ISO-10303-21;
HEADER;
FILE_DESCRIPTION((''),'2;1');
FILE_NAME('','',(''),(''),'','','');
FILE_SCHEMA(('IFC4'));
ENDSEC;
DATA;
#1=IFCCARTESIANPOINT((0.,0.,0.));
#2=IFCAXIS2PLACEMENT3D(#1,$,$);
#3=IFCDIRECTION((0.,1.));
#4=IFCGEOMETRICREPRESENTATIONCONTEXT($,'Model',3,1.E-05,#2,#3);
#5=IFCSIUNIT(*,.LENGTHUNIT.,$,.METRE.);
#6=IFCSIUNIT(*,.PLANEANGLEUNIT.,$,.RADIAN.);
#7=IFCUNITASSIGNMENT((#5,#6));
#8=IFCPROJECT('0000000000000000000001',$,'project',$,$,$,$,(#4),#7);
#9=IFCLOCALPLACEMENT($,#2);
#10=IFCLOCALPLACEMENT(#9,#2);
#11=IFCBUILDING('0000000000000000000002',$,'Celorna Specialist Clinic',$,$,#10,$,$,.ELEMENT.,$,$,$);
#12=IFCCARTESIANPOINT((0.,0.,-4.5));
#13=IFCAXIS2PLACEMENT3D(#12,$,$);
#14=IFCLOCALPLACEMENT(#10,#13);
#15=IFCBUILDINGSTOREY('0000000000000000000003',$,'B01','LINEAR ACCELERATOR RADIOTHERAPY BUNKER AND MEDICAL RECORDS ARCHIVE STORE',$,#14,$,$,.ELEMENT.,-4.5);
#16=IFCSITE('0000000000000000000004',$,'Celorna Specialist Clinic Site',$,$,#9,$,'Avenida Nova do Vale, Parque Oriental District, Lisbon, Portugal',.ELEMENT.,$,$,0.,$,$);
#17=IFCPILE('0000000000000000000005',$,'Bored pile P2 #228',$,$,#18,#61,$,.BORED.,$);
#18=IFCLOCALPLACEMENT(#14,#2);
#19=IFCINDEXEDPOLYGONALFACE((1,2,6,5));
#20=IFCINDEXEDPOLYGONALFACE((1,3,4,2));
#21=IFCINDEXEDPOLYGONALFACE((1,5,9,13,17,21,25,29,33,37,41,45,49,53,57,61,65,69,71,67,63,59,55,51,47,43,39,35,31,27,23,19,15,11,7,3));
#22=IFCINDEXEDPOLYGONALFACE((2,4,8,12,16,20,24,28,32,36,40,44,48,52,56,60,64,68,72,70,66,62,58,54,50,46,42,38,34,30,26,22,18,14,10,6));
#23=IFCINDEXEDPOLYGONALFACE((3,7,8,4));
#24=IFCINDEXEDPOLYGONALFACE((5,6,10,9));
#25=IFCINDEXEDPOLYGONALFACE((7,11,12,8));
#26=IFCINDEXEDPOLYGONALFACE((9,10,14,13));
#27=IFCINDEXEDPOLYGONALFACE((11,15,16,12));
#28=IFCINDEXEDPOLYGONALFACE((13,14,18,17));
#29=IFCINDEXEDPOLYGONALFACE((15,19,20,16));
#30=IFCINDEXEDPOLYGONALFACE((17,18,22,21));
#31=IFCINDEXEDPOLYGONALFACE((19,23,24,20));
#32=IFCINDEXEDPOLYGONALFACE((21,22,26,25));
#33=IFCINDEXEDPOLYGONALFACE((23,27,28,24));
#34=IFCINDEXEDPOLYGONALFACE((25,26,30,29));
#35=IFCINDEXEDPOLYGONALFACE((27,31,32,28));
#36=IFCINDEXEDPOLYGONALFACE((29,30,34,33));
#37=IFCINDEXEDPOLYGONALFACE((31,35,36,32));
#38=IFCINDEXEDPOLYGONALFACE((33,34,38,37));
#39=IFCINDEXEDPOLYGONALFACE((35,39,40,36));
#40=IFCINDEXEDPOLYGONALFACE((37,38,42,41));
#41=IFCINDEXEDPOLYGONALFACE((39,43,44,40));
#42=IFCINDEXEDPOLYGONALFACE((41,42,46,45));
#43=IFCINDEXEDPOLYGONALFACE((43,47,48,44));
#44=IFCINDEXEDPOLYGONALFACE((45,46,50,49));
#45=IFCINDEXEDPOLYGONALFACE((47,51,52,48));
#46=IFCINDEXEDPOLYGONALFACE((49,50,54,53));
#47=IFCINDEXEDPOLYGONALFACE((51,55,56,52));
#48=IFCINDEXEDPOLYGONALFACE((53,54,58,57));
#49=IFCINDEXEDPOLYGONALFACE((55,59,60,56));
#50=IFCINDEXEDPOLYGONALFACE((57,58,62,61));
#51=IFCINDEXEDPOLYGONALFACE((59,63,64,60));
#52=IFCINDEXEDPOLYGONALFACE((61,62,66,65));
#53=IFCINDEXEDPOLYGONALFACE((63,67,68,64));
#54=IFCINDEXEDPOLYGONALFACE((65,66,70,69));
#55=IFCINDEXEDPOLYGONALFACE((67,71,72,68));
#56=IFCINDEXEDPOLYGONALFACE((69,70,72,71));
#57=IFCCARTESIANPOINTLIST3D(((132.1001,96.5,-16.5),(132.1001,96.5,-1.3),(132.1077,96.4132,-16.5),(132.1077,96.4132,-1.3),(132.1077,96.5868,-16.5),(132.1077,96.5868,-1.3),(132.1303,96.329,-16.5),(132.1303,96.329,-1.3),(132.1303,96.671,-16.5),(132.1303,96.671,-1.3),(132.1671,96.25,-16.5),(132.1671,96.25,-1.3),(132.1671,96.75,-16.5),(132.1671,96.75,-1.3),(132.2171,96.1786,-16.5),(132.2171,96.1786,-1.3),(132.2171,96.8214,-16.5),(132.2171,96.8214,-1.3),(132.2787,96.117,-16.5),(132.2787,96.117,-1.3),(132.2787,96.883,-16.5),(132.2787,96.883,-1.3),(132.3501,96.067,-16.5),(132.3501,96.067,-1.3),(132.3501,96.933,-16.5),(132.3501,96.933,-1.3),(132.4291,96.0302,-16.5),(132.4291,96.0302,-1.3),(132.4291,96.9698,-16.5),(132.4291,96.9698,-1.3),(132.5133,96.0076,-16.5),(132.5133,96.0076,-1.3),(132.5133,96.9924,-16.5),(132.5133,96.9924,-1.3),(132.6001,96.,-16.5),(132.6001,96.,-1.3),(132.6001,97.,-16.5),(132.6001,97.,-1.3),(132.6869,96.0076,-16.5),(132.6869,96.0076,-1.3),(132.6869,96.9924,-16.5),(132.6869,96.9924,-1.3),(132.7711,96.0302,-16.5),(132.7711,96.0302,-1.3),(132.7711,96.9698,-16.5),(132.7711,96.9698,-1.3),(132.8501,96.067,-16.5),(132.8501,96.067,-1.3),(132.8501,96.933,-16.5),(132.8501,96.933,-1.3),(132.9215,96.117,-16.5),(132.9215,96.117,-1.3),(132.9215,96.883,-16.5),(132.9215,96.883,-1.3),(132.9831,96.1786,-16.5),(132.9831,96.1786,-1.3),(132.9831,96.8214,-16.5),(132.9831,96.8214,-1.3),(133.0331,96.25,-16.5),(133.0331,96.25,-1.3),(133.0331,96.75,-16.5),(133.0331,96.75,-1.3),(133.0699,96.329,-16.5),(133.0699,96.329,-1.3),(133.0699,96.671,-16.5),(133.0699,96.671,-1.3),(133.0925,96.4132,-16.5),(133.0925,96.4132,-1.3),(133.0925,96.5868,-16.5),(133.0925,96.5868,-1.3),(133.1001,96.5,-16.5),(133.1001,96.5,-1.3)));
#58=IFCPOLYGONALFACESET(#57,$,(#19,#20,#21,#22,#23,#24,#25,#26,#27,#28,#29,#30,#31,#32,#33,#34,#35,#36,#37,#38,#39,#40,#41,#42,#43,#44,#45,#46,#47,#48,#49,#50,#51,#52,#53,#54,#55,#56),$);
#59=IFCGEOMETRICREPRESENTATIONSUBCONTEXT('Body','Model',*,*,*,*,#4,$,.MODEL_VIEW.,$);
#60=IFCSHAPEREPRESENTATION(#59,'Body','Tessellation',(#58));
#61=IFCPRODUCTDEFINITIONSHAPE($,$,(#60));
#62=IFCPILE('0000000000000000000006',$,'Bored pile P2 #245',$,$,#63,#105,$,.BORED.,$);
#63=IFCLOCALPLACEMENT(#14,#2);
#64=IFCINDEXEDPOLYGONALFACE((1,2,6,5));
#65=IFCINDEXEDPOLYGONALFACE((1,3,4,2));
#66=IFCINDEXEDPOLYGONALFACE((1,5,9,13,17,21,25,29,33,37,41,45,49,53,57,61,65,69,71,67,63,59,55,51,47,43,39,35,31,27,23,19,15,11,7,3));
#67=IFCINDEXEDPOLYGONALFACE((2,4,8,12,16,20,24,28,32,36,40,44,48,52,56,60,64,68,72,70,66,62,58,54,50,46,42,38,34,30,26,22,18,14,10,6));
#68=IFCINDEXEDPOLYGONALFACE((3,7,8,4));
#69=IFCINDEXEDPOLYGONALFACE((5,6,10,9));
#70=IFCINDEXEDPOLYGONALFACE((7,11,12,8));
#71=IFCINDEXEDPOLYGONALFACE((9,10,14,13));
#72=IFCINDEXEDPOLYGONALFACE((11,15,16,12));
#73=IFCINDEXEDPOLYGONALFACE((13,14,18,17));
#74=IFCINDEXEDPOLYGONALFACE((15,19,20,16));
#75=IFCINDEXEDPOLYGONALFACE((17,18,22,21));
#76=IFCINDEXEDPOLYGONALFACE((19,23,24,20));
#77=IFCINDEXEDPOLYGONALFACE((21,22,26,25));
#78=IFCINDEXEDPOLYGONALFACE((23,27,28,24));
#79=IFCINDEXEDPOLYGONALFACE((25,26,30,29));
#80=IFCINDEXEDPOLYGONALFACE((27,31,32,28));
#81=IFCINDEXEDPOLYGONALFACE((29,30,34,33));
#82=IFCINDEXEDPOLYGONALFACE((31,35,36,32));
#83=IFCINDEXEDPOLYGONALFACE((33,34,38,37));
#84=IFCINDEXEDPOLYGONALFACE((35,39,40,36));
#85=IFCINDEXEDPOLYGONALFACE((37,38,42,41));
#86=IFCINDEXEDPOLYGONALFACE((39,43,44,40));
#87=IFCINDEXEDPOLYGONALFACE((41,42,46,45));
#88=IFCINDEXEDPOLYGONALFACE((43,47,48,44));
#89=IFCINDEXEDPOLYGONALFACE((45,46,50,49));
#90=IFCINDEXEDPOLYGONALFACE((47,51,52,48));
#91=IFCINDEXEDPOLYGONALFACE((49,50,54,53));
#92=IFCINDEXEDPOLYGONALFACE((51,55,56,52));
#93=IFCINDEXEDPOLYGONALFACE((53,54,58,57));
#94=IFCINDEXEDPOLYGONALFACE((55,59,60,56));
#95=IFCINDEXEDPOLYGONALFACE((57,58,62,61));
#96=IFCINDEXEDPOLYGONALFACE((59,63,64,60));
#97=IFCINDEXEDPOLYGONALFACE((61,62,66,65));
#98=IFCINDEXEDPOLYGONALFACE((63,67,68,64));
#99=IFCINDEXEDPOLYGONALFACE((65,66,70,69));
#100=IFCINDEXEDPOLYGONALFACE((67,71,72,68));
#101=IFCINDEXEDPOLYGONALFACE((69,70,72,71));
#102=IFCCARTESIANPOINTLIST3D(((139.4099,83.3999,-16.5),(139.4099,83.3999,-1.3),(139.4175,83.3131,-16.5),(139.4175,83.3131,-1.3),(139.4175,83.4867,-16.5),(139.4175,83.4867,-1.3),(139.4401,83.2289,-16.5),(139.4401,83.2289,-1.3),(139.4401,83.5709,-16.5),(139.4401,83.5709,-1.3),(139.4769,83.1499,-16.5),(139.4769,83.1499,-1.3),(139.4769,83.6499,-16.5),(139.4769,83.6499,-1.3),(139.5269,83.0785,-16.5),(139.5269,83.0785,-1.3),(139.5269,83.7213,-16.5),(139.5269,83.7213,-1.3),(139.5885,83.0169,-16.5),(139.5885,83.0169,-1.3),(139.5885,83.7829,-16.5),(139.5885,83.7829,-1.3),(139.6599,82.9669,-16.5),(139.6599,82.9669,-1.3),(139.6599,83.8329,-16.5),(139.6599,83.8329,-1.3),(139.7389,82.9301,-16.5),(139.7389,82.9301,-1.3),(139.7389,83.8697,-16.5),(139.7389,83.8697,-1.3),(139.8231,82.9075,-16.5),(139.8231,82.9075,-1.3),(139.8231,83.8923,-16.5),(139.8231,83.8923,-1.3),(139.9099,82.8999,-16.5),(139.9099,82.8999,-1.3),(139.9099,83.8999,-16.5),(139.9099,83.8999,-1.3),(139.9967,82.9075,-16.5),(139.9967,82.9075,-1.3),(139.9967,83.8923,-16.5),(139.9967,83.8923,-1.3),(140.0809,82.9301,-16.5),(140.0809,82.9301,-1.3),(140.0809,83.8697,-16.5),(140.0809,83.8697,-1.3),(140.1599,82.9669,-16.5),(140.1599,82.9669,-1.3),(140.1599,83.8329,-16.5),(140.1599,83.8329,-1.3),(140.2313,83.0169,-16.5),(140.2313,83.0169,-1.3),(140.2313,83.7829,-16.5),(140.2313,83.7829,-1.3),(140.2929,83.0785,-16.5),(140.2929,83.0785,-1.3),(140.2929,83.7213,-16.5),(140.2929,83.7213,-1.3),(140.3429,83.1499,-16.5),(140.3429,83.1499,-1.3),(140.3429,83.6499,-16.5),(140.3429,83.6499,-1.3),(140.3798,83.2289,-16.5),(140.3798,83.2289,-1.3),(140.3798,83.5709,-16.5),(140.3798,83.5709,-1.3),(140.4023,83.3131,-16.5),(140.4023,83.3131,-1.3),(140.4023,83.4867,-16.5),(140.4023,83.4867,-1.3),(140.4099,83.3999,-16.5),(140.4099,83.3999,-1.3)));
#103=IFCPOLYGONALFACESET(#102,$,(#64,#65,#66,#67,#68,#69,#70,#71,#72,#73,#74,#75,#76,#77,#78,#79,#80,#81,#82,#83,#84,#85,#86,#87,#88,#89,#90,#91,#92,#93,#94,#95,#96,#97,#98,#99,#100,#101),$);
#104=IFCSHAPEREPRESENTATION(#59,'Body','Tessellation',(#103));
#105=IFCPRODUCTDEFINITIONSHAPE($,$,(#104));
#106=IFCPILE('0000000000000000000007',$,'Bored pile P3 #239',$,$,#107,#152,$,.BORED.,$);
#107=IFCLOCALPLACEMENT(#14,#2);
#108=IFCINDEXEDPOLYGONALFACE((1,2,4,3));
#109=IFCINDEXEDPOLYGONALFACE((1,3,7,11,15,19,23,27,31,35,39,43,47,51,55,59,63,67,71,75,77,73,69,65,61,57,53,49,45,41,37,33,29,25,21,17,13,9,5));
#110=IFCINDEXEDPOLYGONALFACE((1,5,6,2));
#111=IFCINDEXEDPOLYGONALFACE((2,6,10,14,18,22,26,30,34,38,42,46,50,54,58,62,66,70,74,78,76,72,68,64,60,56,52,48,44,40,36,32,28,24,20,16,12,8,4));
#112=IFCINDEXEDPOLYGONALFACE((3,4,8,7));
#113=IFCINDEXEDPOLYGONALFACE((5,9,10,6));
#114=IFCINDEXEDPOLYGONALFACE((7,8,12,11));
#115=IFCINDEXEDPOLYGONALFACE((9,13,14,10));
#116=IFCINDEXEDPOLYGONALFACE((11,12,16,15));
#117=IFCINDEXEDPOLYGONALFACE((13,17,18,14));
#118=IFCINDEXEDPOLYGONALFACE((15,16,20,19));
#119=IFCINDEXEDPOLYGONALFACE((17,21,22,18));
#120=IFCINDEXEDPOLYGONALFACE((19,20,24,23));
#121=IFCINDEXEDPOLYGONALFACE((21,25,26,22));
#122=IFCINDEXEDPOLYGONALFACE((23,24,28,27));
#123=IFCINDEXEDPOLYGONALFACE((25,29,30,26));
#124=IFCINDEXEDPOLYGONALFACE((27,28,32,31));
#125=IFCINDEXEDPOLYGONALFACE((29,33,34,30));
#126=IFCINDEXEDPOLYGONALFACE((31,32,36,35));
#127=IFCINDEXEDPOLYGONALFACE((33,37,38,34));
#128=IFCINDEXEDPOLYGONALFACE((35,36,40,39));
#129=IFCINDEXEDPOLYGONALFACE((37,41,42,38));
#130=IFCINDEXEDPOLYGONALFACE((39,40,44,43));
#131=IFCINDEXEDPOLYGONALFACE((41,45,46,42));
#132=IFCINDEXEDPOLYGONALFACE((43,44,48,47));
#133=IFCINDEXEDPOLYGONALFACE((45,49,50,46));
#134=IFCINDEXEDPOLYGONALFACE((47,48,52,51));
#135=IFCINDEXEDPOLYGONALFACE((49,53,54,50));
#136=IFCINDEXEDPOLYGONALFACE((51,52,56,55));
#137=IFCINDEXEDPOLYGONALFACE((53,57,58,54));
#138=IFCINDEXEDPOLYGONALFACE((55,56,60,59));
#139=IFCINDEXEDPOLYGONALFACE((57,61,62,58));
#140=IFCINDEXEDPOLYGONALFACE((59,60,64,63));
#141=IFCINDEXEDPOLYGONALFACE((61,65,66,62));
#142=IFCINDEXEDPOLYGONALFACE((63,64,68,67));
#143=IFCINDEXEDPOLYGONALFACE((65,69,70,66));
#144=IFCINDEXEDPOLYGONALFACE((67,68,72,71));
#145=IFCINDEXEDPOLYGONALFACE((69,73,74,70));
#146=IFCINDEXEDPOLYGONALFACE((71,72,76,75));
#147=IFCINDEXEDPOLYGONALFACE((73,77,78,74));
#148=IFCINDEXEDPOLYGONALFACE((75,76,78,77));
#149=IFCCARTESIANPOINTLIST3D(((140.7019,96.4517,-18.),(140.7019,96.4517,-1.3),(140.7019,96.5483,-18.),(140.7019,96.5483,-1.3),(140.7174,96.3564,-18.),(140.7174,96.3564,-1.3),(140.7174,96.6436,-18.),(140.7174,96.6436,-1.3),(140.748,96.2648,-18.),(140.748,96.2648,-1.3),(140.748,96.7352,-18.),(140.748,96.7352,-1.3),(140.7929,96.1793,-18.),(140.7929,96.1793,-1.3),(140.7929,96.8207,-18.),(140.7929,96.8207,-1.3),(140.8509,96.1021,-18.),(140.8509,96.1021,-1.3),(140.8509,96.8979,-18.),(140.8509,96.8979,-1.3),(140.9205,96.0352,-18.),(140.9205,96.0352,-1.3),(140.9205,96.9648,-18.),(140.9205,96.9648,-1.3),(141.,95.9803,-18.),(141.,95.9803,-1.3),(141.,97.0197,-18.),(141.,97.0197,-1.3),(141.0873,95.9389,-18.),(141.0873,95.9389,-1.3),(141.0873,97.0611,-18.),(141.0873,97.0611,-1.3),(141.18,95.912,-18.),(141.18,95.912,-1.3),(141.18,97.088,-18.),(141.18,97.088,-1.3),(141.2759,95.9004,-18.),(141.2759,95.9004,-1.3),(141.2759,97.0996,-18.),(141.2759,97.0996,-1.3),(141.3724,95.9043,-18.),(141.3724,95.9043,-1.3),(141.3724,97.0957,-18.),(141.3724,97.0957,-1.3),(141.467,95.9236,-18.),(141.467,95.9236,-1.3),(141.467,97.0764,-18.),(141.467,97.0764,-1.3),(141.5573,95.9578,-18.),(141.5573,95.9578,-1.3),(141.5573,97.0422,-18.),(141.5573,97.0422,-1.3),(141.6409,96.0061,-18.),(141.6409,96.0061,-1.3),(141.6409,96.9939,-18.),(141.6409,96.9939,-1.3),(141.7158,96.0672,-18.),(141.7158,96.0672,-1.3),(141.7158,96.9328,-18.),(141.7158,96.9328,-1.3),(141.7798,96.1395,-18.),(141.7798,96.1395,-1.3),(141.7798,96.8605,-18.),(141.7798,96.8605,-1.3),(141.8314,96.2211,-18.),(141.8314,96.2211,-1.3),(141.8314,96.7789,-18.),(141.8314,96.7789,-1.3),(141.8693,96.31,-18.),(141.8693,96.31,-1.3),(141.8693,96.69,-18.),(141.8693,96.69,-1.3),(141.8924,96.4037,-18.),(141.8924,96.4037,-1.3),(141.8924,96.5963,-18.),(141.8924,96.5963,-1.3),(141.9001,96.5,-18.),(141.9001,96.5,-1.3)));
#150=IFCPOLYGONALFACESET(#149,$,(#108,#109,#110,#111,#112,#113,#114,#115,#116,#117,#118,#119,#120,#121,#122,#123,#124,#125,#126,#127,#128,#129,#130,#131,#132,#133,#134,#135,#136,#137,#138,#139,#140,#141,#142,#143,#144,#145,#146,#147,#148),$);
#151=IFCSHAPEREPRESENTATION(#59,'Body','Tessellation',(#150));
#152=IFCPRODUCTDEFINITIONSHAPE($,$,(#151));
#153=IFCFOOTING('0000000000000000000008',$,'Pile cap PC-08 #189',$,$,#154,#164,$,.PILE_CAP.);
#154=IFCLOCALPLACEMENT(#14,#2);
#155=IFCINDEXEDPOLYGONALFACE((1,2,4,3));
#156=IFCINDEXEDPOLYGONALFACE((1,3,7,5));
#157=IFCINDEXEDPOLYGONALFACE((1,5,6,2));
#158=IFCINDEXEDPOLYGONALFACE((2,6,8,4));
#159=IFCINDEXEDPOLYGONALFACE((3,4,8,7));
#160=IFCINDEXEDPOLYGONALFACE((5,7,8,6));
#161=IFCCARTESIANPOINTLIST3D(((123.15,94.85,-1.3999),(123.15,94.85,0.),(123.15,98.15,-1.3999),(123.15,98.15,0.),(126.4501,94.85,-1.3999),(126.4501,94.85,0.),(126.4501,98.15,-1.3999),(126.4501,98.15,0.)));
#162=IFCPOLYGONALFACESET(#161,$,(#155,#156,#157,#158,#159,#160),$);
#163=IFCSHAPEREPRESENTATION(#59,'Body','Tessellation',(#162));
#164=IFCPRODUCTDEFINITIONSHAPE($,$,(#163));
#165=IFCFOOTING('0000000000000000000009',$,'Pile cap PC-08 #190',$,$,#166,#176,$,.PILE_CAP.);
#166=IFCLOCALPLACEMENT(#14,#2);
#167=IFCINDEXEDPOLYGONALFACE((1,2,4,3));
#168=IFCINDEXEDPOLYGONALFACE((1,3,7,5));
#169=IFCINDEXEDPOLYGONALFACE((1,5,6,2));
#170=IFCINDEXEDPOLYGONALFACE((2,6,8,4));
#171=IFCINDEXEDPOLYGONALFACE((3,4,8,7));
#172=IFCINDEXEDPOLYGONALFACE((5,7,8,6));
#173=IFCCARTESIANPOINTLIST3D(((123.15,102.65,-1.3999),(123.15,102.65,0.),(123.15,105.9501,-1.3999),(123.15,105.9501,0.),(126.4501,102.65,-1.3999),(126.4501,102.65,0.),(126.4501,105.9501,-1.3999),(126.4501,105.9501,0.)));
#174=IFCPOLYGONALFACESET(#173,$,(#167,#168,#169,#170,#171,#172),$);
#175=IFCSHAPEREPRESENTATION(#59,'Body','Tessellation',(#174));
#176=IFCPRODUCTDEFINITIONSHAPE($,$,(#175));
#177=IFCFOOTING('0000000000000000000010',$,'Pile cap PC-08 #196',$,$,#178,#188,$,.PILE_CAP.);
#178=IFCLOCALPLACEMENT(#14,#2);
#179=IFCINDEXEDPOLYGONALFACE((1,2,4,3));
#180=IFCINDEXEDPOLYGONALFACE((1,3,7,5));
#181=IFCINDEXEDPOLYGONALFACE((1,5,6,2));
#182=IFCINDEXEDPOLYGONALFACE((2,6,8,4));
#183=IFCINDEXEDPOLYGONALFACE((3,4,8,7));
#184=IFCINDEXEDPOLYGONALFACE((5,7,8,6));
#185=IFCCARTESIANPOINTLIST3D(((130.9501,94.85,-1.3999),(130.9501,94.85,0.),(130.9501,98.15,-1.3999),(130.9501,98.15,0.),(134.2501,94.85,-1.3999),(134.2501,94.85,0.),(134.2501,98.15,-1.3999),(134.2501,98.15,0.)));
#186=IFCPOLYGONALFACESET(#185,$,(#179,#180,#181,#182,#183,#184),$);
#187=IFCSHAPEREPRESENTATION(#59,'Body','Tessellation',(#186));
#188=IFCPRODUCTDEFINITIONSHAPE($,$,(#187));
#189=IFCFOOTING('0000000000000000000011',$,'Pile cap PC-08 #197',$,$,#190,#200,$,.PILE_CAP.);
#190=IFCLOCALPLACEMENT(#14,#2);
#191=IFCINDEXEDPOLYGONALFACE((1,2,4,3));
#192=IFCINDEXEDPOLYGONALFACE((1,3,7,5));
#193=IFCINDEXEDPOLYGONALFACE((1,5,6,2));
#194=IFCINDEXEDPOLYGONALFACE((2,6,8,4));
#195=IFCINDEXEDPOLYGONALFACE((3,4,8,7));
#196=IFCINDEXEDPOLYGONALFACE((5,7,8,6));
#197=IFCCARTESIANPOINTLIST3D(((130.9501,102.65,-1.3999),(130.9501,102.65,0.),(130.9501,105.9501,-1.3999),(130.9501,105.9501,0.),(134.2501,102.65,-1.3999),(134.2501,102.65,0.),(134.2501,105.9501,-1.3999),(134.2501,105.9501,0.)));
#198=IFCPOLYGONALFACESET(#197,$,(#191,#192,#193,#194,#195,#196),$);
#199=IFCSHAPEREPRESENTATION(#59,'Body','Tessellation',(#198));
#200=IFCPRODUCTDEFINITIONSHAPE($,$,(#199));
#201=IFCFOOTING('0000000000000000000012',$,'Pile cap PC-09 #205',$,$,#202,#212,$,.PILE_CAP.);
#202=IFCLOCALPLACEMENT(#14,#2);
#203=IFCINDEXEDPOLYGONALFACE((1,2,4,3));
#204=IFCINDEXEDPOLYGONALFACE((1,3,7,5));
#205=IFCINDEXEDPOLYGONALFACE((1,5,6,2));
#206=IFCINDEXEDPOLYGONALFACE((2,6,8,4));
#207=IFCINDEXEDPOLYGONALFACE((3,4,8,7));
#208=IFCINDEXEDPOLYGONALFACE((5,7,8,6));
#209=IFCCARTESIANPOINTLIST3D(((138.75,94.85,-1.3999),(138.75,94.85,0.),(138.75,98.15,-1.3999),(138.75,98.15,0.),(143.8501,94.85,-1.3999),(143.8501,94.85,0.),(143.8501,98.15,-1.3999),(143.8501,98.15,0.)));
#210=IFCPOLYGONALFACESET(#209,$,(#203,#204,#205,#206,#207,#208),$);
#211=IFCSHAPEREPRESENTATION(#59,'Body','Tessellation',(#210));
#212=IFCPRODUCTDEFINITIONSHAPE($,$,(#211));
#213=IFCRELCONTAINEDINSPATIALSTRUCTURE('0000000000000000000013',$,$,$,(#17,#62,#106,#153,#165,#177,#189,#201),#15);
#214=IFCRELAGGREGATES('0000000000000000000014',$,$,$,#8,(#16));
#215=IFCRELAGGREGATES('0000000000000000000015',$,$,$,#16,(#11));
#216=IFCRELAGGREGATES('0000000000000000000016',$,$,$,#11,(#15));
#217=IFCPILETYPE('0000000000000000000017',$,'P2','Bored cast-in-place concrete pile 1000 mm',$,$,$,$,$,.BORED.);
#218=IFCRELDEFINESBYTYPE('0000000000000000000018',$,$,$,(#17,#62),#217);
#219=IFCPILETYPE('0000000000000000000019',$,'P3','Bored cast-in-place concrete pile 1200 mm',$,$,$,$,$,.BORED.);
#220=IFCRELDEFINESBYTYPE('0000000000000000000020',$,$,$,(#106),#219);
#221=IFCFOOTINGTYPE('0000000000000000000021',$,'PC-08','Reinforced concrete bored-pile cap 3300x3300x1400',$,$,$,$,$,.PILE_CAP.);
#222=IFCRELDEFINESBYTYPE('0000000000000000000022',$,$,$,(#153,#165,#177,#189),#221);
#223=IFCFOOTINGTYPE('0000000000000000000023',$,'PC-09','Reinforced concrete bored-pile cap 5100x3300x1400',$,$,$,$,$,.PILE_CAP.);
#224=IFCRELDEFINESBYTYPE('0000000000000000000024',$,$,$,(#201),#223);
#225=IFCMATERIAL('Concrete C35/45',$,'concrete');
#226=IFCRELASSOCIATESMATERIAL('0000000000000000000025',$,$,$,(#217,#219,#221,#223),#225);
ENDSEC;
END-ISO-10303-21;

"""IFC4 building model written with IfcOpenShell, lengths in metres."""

from ifc_helpers import new_model, si_unit, direction, frame, origin, origin_2d, place, context, subcontext, project, spatial, rectangle, circle, extrude, material, material_profile, profile_set, type_object, element, save


model = new_model("IFC4")

# Units and contexts
model_context = context("Model", 3, precision=1e-05, world=origin(), true_north=direction((0.0, 1.0)))
body_context = subcontext(model_context, "Body", "Model", "MODEL_VIEW")
ifc_project = project(units=[si_unit("LENGTHUNIT", "METRE"), si_unit("PLANEANGLEUNIT", "RADIAN")], contexts=[model_context])

# Site, building, storey
site_placement = place(None, origin())
site = spatial("IfcSite", under=ifc_project, at=site_placement, Name="Celorna Specialist Clinic Site", LongName="Avenida Nova do Vale, Parque Oriental District, Lisbon, Portugal", CompositionType="ELEMENT", RefElevation=0.0)
building_placement = place(site_placement, origin())
building = spatial("IfcBuilding", under=site, at=building_placement, Name="Celorna Specialist Clinic", CompositionType="ELEMENT")
storey_placement = place(building_placement, frame((0.0, 0.0, -4.5)))
storey = spatial("IfcBuildingStorey", under=building, at=storey_placement, Name="B01", Description="LINEAR ACCELERATOR RADIOTHERAPY BUNKER AND MEDICAL RECORDS ARCHIVE STORE", CompositionType="ELEMENT", Elevation=-4.5)

# Shared definitions
ifc_material_1 = material(Name="Concrete C35/45", Category="concrete")

# Piles
ifc_material_profile_1 = material_profile(ifc_material_1, circle(Radius=0.5, at=origin_2d()), Name="BORED PILE 1000")
ifc_profile_set_1 = profile_set([ifc_material_profile_1], Name="Concrete C35/45")
pile_type_1 = type_object("IfcPileType", Name="P2", Description="Bored cast-in-place concrete pile 1000 mm", PredefinedType="BORED", material=ifc_profile_set_1)
for number, where, z_axis, x_axis, name in (
    (1, (132.6001, 96.5, -1.3), (0.0, 0.0, -1.0), (1.0, 0.0, 0.0), "Bored pile P2 #228"),
    (2, (139.9099, 83.3999, -1.3), (0.0, 0.0, -1.0), (1.0, 0.0, 0.0), "Bored pile P2 #245"),
):
    element("IfcPile", number, at=place(storey_placement, frame(where, z_axis=z_axis, x_axis=x_axis)), inside=storey, type_object=pile_type_1, Name=name, PredefinedType="BORED", context=body_context, shape_type="SweptSolid", body=[
        extrude(circle(Radius=0.5, at=origin_2d()), origin(), (0.0, 0.0, 1.0), 15.2),
    ])
ifc_material_profile_2 = material_profile(ifc_material_1, circle(Radius=0.6001, at=origin_2d()), Name="BORED PILE 1200")
ifc_profile_set_2 = profile_set([ifc_material_profile_2], Name="Concrete C35/45")
pile_type_2 = type_object("IfcPileType", Name="P3", Description="Bored cast-in-place concrete pile 1200 mm", PredefinedType="BORED", material=ifc_profile_set_2)
pile_1_placement = place(storey_placement, frame((141.3, 96.5, -1.3), z_axis=(0.0, 0.0, -1.0), x_axis=(1.0, 0.0, 0.0)))
element("IfcPile", 3, at=pile_1_placement, inside=storey, type_object=pile_type_2, Name="Bored pile P3 #239", PredefinedType="BORED", context=body_context, shape_type="SweptSolid", body=[
    extrude(circle(Radius=0.6001, at=origin_2d()), origin(), (0.0, 0.0, 1.0), 16.7),
])

# Footings
footing_type_1 = type_object("IfcFootingType", Name="PC-08", Description="Reinforced concrete bored-pile cap 3300x3300x1400", PredefinedType="PILE_CAP", material=ifc_material_1)
for number, where, z_axis, x_axis, name in (
    (4, (124.8, 96.5, -1.3999), (0.0, 0.0, 1.0), (1.0, 0.0, 0.0), "Pile cap PC-08 #189"),
    (5, (124.8, 104.3, -1.3999), (0.0, 0.0, 1.0), (1.0, 0.0, 0.0), "Pile cap PC-08 #190"),
    (6, (132.6001, 96.5, -1.3999), (0.0, 0.0, 1.0), (1.0, 0.0, 0.0), "Pile cap PC-08 #196"),
    (7, (132.6001, 104.3, -1.3999), (0.0, 0.0, 1.0), (1.0, 0.0, 0.0), "Pile cap PC-08 #197"),
):
    element("IfcFooting", number, at=place(storey_placement, frame(where, z_axis=z_axis, x_axis=x_axis)), inside=storey, type_object=footing_type_1, Name=name, PredefinedType="PILE_CAP", context=body_context, shape_type="SweptSolid", body=[
        extrude(rectangle(XDim=3.3, YDim=3.3, at=origin_2d()), origin(), (0.0, 0.0, 1.0), 1.3999),
    ])
footing_type_2 = type_object("IfcFootingType", Name="PC-09", Description="Reinforced concrete bored-pile cap 5100x3300x1400", PredefinedType="PILE_CAP", material=ifc_material_1)
footing_1_placement = place(storey_placement, frame((141.3, 96.5, -1.3999), z_axis=(0.0, 0.0, 1.0), x_axis=(1.0, 0.0, 0.0)))
element("IfcFooting", 8, at=footing_1_placement, inside=storey, type_object=footing_type_2, Name="Pile cap PC-09 #205", PredefinedType="PILE_CAP", context=body_context, shape_type="SweptSolid", body=[
    extrude(rectangle(XDim=5.1001, YDim=3.3, at=origin_2d()), origin(), (0.0, 0.0, 1.0), 1.3999),
])

save(model, "model.ifc")
